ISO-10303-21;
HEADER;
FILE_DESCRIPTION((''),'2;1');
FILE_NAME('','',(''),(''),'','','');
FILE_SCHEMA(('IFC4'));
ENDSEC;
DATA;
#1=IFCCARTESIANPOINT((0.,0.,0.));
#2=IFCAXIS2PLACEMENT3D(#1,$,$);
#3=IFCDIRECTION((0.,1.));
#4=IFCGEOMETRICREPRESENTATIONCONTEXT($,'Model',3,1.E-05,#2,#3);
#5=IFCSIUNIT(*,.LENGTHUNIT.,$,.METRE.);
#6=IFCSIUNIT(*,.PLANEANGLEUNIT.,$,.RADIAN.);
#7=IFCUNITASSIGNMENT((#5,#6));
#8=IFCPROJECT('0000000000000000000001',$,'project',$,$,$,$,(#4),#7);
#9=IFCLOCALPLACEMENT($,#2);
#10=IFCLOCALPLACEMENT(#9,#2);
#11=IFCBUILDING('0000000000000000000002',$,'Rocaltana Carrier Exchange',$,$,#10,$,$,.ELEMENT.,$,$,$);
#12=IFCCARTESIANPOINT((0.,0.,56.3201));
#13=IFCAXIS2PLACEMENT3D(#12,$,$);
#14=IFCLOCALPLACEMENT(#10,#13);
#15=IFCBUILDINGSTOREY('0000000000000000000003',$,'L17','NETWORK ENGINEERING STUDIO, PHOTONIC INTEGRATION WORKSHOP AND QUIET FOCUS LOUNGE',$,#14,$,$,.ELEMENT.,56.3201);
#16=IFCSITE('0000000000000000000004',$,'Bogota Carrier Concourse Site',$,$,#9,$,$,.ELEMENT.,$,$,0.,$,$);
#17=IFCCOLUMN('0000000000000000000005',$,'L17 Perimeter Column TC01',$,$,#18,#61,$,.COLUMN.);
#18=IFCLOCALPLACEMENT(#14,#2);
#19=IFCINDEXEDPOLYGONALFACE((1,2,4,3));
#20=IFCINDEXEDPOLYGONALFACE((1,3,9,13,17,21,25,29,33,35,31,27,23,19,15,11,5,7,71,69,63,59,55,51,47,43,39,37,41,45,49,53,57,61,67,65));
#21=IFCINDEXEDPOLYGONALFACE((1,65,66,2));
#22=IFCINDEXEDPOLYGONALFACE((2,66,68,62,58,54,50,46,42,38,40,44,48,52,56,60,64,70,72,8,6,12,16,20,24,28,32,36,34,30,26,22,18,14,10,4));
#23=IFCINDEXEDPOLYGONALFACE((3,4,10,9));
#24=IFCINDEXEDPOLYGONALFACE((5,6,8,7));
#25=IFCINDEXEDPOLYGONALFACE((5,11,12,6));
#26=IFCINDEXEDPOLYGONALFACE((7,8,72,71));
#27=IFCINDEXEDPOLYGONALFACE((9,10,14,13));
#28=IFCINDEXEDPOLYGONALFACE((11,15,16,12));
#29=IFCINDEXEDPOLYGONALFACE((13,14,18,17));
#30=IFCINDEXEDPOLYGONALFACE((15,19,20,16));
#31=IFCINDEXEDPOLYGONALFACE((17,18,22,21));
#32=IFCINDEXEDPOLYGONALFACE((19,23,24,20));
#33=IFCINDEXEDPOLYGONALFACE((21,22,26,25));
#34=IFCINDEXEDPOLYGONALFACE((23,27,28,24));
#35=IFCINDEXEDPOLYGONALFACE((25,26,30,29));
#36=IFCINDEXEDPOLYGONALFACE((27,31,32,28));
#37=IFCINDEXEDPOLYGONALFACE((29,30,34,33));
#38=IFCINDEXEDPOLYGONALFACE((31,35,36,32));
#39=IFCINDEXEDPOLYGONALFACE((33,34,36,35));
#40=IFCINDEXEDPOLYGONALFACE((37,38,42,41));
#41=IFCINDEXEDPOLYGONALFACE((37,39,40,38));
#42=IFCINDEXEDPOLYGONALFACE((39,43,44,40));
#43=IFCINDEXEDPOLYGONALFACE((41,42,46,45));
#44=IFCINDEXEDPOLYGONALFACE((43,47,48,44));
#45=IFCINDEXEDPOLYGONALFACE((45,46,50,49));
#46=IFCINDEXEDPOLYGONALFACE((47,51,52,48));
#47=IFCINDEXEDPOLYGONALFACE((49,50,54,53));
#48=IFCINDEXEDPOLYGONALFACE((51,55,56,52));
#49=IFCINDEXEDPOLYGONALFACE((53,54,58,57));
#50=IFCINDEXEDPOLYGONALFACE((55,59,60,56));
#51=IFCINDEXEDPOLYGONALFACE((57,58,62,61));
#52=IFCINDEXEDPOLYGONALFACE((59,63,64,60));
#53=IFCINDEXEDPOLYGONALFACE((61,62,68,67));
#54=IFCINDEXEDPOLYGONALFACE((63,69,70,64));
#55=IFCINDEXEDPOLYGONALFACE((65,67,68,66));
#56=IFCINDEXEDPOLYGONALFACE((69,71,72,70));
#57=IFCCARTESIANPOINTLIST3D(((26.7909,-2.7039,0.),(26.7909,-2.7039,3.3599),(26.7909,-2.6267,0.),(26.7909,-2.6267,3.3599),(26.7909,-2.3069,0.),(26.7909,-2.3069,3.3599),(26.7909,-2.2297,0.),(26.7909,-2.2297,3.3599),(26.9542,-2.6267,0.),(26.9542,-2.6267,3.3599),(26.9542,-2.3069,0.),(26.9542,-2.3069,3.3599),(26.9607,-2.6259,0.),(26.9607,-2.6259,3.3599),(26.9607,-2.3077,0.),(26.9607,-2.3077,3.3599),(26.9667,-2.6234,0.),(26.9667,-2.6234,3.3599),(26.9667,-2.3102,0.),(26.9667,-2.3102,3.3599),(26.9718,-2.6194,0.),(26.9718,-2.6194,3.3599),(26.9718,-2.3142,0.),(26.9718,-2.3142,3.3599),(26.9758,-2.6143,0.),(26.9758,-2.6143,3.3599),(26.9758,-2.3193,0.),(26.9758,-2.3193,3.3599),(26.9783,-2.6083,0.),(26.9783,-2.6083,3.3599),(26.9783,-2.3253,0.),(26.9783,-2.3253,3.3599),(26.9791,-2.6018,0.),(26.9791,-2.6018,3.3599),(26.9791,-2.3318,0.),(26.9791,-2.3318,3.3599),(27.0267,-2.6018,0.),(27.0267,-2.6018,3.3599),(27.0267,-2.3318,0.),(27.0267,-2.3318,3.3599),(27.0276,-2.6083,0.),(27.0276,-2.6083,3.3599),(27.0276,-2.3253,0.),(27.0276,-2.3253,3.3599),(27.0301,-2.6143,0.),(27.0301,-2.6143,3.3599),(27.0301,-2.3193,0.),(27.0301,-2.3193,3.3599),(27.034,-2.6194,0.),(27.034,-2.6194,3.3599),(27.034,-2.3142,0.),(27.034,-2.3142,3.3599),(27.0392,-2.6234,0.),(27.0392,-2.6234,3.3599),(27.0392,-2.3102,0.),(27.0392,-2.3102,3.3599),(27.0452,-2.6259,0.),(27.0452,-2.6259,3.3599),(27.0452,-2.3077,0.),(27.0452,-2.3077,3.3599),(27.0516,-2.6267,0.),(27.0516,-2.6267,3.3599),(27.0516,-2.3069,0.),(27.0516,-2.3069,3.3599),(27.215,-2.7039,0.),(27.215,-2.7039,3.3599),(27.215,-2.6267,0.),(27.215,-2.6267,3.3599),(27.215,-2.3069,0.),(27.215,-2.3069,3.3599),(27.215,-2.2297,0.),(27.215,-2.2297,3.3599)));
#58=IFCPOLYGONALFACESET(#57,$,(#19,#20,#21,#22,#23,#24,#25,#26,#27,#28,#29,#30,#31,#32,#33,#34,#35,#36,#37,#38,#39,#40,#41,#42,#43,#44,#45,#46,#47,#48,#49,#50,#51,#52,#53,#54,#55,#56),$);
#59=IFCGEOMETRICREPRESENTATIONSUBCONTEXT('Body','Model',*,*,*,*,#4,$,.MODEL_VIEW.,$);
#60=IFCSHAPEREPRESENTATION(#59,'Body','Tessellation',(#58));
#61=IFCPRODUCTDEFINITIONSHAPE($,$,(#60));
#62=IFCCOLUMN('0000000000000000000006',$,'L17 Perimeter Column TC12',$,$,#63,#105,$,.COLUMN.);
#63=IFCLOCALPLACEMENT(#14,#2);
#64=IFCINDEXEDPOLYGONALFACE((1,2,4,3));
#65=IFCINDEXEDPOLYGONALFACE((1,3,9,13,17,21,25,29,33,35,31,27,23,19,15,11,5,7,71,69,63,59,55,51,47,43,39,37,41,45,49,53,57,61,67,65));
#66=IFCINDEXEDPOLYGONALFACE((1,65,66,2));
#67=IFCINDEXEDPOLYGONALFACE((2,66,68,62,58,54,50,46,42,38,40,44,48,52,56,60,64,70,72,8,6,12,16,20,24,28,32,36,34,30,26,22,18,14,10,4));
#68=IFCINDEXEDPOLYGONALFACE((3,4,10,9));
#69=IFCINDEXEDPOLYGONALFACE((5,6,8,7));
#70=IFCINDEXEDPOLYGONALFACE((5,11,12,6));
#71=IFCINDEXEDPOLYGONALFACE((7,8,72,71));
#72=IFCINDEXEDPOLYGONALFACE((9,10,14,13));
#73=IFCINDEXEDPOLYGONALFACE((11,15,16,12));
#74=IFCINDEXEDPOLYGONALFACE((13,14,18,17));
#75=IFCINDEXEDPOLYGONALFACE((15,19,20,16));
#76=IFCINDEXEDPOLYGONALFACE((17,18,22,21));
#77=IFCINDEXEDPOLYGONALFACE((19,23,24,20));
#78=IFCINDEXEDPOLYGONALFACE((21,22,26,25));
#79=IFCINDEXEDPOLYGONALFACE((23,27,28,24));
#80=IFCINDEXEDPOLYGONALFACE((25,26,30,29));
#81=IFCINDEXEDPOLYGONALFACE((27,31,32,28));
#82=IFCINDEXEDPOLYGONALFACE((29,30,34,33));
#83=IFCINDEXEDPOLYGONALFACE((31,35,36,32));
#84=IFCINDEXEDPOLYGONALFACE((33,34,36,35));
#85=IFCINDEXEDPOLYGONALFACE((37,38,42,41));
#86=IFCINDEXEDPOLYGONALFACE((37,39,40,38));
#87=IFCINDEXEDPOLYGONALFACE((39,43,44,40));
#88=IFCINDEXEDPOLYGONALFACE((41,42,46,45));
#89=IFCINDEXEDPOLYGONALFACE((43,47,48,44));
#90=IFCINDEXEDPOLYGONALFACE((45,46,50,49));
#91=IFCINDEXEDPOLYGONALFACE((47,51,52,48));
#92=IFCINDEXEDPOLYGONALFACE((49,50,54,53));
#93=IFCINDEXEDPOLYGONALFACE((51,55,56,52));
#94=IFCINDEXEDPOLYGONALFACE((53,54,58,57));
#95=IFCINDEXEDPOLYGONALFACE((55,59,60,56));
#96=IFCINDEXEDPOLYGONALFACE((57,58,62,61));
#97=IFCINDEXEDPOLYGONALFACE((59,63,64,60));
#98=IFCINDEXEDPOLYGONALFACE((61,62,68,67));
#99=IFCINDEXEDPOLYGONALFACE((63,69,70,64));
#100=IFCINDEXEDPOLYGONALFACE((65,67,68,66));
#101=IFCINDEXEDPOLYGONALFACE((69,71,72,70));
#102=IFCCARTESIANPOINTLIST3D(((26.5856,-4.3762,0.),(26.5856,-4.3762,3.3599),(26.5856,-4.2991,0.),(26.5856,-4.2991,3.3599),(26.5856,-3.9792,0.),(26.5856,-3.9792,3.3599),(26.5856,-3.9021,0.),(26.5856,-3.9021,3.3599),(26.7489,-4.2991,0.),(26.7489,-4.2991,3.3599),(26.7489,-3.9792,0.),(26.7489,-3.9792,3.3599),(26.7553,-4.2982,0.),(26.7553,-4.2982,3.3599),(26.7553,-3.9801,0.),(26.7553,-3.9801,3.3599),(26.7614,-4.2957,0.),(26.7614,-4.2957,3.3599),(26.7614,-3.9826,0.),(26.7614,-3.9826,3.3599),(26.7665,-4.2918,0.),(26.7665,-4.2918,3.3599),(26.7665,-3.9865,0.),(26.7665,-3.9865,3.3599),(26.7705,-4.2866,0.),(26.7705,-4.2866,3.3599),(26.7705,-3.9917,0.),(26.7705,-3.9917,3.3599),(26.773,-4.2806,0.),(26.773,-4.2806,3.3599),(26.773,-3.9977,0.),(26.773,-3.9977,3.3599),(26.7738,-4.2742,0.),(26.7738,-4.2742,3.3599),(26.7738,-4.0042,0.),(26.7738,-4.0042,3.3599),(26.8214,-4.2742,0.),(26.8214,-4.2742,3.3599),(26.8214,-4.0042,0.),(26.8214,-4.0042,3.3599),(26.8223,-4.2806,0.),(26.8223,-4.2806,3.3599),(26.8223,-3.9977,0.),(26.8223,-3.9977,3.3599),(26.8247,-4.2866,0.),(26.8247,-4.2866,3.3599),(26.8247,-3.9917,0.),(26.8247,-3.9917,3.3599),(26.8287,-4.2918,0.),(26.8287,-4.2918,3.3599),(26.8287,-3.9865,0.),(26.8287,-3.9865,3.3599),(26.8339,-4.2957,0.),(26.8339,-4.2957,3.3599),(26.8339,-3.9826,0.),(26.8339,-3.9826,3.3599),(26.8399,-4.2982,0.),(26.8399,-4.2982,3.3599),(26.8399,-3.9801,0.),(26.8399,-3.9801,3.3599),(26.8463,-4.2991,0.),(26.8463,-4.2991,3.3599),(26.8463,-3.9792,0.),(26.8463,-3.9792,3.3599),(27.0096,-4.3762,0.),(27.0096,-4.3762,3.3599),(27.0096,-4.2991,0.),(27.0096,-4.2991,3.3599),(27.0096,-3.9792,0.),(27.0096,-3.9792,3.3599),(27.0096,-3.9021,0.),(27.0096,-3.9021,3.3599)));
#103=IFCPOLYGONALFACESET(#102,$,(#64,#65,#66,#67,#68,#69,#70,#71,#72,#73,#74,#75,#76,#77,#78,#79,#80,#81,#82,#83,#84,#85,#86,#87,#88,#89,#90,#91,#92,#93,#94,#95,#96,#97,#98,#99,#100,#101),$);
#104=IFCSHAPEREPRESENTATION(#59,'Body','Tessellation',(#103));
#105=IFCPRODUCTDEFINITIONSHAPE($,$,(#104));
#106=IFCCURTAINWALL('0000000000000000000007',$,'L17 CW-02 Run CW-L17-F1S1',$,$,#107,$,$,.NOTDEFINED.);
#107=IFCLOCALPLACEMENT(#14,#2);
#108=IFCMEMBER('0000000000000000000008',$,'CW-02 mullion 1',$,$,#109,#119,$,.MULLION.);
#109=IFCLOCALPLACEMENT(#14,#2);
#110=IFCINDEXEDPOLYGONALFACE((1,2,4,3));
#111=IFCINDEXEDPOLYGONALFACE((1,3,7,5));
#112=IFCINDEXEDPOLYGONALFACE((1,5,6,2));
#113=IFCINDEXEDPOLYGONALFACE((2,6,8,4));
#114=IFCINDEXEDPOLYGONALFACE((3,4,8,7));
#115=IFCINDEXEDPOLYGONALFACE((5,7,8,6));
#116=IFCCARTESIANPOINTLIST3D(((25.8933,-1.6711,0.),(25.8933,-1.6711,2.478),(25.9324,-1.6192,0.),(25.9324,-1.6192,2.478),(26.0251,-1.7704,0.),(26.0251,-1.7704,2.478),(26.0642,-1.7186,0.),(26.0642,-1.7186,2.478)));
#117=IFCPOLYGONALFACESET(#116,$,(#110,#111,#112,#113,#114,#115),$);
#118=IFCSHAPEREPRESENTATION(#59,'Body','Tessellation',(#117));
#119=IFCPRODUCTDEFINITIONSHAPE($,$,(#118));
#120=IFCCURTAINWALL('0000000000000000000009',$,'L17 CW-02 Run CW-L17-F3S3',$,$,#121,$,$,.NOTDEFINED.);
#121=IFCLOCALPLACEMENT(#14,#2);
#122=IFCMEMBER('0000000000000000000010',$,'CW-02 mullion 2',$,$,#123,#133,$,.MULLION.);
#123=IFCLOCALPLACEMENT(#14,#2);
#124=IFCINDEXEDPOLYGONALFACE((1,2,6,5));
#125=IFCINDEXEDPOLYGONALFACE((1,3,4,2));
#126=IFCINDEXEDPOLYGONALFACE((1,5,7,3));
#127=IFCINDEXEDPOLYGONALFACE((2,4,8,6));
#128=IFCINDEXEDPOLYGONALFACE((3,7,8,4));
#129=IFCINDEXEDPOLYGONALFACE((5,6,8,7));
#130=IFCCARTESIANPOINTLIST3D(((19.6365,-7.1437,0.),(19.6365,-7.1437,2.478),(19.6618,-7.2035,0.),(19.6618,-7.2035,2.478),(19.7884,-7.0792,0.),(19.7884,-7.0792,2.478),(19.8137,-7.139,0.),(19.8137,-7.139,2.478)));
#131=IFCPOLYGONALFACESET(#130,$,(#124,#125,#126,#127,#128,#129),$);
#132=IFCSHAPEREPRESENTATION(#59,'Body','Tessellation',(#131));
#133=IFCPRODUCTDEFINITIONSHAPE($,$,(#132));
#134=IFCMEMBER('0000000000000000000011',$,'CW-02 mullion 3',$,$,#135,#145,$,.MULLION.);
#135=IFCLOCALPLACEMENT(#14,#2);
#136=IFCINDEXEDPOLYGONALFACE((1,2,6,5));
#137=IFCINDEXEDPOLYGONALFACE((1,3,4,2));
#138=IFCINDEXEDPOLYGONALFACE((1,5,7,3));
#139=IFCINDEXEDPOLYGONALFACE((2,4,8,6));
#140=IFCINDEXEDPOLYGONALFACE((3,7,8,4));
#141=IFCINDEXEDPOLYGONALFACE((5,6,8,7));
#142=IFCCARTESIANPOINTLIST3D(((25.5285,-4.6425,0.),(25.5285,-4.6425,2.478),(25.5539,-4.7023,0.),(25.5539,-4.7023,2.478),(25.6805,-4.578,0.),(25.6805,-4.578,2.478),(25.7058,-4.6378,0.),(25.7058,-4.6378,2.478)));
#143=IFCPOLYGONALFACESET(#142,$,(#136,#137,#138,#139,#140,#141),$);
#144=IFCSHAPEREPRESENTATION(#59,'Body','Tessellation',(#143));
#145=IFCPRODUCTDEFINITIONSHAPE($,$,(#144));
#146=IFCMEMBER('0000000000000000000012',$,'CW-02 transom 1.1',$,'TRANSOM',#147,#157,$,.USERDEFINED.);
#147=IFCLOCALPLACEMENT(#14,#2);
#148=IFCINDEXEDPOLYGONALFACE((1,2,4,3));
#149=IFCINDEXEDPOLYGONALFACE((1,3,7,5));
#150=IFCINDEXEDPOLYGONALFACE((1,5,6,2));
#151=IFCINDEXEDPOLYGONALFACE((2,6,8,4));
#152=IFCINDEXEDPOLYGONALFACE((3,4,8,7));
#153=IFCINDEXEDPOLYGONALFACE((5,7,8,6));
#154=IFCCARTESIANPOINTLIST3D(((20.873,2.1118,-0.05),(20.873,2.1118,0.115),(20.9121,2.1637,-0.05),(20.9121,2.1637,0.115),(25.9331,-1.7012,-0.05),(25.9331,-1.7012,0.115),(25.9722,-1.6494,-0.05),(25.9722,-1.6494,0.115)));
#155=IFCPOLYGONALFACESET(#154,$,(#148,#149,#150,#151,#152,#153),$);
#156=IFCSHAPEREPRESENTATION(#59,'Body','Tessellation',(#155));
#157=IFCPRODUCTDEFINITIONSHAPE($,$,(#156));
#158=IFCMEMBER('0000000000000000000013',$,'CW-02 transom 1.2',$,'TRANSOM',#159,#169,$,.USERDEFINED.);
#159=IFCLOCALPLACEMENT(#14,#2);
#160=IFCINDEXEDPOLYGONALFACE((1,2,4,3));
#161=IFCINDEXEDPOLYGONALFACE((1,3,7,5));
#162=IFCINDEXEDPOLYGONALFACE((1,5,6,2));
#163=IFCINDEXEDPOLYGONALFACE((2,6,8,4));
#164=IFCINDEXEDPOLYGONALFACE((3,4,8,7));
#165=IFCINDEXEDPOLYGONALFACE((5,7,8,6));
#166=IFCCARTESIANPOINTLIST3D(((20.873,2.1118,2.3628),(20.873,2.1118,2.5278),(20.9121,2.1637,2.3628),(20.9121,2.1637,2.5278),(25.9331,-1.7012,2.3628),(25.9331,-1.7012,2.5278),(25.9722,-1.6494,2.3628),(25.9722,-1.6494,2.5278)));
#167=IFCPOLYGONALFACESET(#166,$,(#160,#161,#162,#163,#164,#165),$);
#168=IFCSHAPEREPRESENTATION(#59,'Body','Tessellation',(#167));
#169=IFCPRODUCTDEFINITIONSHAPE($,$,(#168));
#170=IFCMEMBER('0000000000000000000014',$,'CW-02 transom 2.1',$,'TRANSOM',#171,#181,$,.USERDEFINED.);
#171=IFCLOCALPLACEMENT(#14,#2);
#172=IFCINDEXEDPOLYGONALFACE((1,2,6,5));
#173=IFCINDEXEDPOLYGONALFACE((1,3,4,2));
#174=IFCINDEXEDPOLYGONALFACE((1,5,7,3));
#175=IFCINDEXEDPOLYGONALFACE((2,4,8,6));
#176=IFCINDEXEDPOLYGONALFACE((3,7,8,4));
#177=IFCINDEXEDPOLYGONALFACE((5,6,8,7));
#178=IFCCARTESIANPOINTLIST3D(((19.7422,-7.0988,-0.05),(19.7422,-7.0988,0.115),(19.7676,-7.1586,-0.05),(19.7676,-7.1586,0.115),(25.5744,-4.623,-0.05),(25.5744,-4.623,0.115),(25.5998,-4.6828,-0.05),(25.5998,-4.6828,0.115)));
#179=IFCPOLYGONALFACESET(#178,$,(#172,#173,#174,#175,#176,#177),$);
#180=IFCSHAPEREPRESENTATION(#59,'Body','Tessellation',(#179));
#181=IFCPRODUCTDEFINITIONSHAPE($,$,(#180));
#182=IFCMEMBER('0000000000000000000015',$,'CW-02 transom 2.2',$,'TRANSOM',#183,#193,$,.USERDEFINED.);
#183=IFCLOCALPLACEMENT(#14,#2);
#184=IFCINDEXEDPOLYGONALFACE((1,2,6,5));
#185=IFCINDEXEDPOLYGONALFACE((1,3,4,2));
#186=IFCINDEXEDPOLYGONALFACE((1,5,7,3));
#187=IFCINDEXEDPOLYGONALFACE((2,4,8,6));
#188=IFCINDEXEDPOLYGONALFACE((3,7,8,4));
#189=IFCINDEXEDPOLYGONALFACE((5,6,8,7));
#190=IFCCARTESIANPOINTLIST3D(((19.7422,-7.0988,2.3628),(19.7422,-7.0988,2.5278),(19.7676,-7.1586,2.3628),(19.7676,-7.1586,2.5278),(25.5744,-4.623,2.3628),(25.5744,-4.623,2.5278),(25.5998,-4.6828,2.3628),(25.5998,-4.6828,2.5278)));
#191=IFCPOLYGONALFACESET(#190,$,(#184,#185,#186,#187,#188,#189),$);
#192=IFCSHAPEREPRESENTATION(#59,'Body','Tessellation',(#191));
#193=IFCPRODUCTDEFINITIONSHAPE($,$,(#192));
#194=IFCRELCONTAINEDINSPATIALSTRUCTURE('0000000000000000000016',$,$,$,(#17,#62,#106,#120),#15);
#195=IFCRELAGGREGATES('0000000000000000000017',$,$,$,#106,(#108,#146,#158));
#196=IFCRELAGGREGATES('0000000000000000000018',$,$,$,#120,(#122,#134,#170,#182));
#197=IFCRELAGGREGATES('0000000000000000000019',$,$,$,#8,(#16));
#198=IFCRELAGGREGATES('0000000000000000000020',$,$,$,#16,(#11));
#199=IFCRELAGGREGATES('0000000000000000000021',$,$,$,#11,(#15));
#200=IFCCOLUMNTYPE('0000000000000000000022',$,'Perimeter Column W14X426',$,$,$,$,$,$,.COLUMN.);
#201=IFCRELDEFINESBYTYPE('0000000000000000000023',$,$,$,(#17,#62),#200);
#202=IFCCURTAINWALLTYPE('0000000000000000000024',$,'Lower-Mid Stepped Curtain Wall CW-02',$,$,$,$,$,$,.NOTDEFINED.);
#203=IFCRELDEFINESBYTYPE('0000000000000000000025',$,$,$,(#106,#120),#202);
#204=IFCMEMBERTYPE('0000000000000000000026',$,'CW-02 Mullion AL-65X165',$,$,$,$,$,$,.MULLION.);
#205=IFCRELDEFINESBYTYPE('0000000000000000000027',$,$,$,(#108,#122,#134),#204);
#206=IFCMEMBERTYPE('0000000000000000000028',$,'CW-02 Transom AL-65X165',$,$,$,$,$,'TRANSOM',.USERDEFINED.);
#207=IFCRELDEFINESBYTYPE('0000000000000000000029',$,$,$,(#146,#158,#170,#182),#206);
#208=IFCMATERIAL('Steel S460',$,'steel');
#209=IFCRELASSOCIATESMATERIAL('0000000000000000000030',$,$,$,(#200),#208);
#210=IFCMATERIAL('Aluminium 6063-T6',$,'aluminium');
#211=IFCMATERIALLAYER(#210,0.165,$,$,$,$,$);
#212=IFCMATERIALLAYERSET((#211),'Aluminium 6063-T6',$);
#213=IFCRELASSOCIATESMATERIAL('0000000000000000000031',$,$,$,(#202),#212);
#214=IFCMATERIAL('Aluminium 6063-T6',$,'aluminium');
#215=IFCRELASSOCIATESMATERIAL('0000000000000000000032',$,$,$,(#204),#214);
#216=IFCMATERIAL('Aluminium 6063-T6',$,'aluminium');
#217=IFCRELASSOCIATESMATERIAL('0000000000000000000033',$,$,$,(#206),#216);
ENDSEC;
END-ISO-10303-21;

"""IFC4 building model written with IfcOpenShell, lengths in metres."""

from ifc_helpers import new_model, si_unit, direction, frame, origin, origin_2d, place, context, subcontext, project, spatial, rectangle, i_section, extrude, material, layer, layer_set, material_profile, profile_set, type_object, element, aggregate, save


model = new_model("IFC4")

# Units and contexts
model_context = context("Model", 3, precision=1e-05, world=origin(), true_north=direction((0.0, 1.0)))
body_context = subcontext(model_context, "Body", "Model", "MODEL_VIEW")
ifc_project = project(units=[si_unit("LENGTHUNIT", "METRE"), si_unit("PLANEANGLEUNIT", "RADIAN")], contexts=[model_context])

# Site, building, storey
site_placement = place(None, origin())
site = spatial("IfcSite", under=ifc_project, at=site_placement, Name="Bogota Carrier Concourse Site", CompositionType="ELEMENT", RefElevation=0.0)
building_placement = place(site_placement, origin())
building = spatial("IfcBuilding", under=site, at=building_placement, Name="Rocaltana Carrier Exchange", CompositionType="ELEMENT")
storey_placement = place(building_placement, frame((0.0, 0.0, 56.3201)))
storey = spatial("IfcBuildingStorey", under=building, at=storey_placement, Name="L17", Description="NETWORK ENGINEERING STUDIO, PHOTONIC INTEGRATION WORKSHOP AND QUIET FOCUS LOUNGE", CompositionType="ELEMENT", Elevation=56.3201)

# Columns
ifc_material_1 = material(Name="Steel S460", Category="steel")
ifc_material_profile_1 = material_profile(ifc_material_1, i_section(OverallWidth=0.4241, OverallDepth=0.4741, WebThickness=0.0476, FlangeThickness=0.0771, FilletRadius=0.0249, at=origin_2d()), Name="W14X426")
ifc_profile_set_1 = profile_set([ifc_material_profile_1], Name="Steel S460")
column_type = type_object("IfcColumnType", Name="Perimeter Column W14X426", PredefinedType="COLUMN", material=ifc_profile_set_1)
for number, where, z_axis, x_axis, name in (
    (1, (27.0029, -2.4668, 0.0), (0.0, 0.0, 1.0), (1.0, 0.0, 0.0), "L17 Perimeter Column TC01"),
    (2, (26.7976, -4.1392, 0.0), (0.0, 0.0, 1.0), (1.0, 0.0, 0.0), "L17 Perimeter Column TC12"),
):
    element("IfcColumn", number, at=place(storey_placement, frame(where, z_axis=z_axis, x_axis=x_axis)), inside=storey, type_object=column_type, Name=name, PredefinedType="COLUMN", context=body_context, shape_type="SweptSolid", body=[
        extrude(i_section(OverallWidth=0.4241, OverallDepth=0.4741, WebThickness=0.0476, FlangeThickness=0.0771, FilletRadius=0.0249, at=origin_2d()), origin(), (0.0, 0.0, 1.0), 3.3599),
    ])

# Curtain wall, member
ifc_material_2 = material(Name="Aluminium 6063-T6", Category="aluminium")
ifc_layer_1 = layer(ifc_material_2, 0.165)
ifc_layer_set_1 = layer_set([ifc_layer_1], Name="Aluminium 6063-T6")
curtain_wall_type = type_object("IfcCurtainWallType", Name="Lower-Mid Stepped Curtain Wall CW-02", PredefinedType="NOTDEFINED", material=ifc_layer_set_1)
curtain_wall_1_placement = place(storey_placement, origin())
curtain_wall_1 = element("IfcCurtainWall", 3, at=curtain_wall_1_placement, inside=storey, type_object=curtain_wall_type, Name="L17 CW-02 Run CW-L17-F1S1", PredefinedType="NOTDEFINED")
ifc_material_3 = material(Name="Aluminium 6063-T6", Category="aluminium")
ifc_material_profile_2 = material_profile(ifc_material_3, rectangle(XDim=0.0649, YDim=0.165, at=origin_2d()), Name="AL-65X165")
ifc_profile_set_2 = profile_set([ifc_material_profile_2], Name="Aluminium 6063-T6")
member_type_1 = type_object("IfcMemberType", Name="CW-02 Mullion AL-65X165", PredefinedType="MULLION", material=ifc_profile_set_2)
member_1_placement = place(storey_placement, frame((25.9788, -1.6948, 0.0), z_axis=(0.0, 0.0, 1.0), x_axis=(-0.601807, -0.798642, 0.0)))
member_1 = element("IfcMember", 4, at=member_1_placement, type_object=member_type_1, Name="CW-02 mullion 1", PredefinedType="MULLION", context=body_context, shape_type="SweptSolid", body=[
    extrude(rectangle(XDim=0.0649, YDim=0.165, at=origin_2d()), origin(), (0.0, 0.0, 1.0), 2.478),
])

# Curtain wall, members
curtain_wall_2_placement = place(storey_placement, origin())
curtain_wall_2 = element("IfcCurtainWall", 5, at=curtain_wall_2_placement, inside=storey, type_object=curtain_wall_type, Name="L17 CW-02 Run CW-L17-F3S3", PredefinedType="NOTDEFINED")
member_2_placement = place(storey_placement, frame((19.7251, -7.1414, 0.0), z_axis=(0.0, 0.0, 1.0), x_axis=(-0.390735, 0.920503, 0.0)))
member_2 = element("IfcMember", 6, at=member_2_placement, type_object=member_type_1, Name="CW-02 mullion 2", PredefinedType="MULLION", context=body_context, shape_type="SweptSolid", body=[
    extrude(rectangle(XDim=0.0649, YDim=0.165, at=origin_2d()), origin(), (0.0, 0.0, 1.0), 2.478),
])
member_3_placement = place(storey_placement, frame((25.6172, -4.6401, 0.0), z_axis=(0.0, 0.0, 1.0), x_axis=(-0.390735, 0.920503, 0.0)))
member_3 = element("IfcMember", 7, at=member_3_placement, type_object=member_type_1, Name="CW-02 mullion 3", PredefinedType="MULLION", context=body_context, shape_type="SweptSolid", body=[
    extrude(rectangle(XDim=0.0649, YDim=0.165, at=origin_2d()), origin(), (0.0, 0.0, 1.0), 2.478),
])

# Members
ifc_material_4 = material(Name="Aluminium 6063-T6", Category="aluminium")
ifc_material_profile_3 = material_profile(ifc_material_4, rectangle(XDim=0.0649, YDim=0.165, at=origin_2d()), Name="AL-65X165")
ifc_profile_set_3 = profile_set([ifc_material_profile_3], Name="Aluminium 6063-T6")
member_type_2 = type_object("IfcMemberType", Name="CW-02 Transom AL-65X165", ElementType="TRANSOM", PredefinedType="USERDEFINED", material=ifc_profile_set_3)
member_4_placement = place(storey_placement, frame((25.9526, -1.6753, 0.0325), z_axis=(-0.798638, 0.601811, 0.0), x_axis=(-0.601811, -0.798638, 0.0)))
member_4 = element("IfcMember", 8, at=member_4_placement, type_object=member_type_2, Name="CW-02 transom 1.1", ObjectType="TRANSOM", PredefinedType="USERDEFINED", context=body_context, shape_type="SweptSolid", body=[
    extrude(rectangle(XDim=0.0649, YDim=0.165, at=origin_2d()), origin(), (0.0, 0.0, 1.0), 6.3359),
])
member_5_placement = place(storey_placement, frame((25.9526, -1.6753, 2.4453), z_axis=(-0.798638, 0.601811, 0.0), x_axis=(-0.601811, -0.798638, 0.0)))
member_5 = element("IfcMember", 9, at=member_5_placement, type_object=member_type_2, Name="CW-02 transom 1.2", ObjectType="TRANSOM", PredefinedType="USERDEFINED", context=body_context, shape_type="SweptSolid", body=[
    extrude(rectangle(XDim=0.0649, YDim=0.165, at=origin_2d()), origin(), (0.0, 0.0, 1.0), 6.3359),
])
aggregate(curtain_wall_1, [member_1, member_4, member_5])
member_6_placement = place(storey_placement, frame((19.7549, -7.1287, 0.0325), z_axis=(0.920495, 0.390755, 0.0), x_axis=(-0.390755, 0.920495, 0.0)))
member_6 = element("IfcMember", 10, at=member_6_placement, type_object=member_type_2, Name="CW-02 transom 2.1", ObjectType="TRANSOM", PredefinedType="USERDEFINED", context=body_context, shape_type="SweptSolid", body=[
    extrude(rectangle(XDim=0.0649, YDim=0.165, at=origin_2d()), origin(), (0.0, 0.0, 1.0), 6.3359),
])
member_7_placement = place(storey_placement, frame((19.7549, -7.1287, 2.4453), z_axis=(0.920495, 0.390755, 0.0), x_axis=(-0.390755, 0.920495, 0.0)))
member_7 = element("IfcMember", 11, at=member_7_placement, type_object=member_type_2, Name="CW-02 transom 2.2", ObjectType="TRANSOM", PredefinedType="USERDEFINED", context=body_context, shape_type="SweptSolid", body=[
    extrude(rectangle(XDim=0.0649, YDim=0.165, at=origin_2d()), origin(), (0.0, 0.0, 1.0), 6.3359),
])

aggregate(curtain_wall_2, [member_2, member_3, member_6, member_7])

save(model, "model.ifc")
